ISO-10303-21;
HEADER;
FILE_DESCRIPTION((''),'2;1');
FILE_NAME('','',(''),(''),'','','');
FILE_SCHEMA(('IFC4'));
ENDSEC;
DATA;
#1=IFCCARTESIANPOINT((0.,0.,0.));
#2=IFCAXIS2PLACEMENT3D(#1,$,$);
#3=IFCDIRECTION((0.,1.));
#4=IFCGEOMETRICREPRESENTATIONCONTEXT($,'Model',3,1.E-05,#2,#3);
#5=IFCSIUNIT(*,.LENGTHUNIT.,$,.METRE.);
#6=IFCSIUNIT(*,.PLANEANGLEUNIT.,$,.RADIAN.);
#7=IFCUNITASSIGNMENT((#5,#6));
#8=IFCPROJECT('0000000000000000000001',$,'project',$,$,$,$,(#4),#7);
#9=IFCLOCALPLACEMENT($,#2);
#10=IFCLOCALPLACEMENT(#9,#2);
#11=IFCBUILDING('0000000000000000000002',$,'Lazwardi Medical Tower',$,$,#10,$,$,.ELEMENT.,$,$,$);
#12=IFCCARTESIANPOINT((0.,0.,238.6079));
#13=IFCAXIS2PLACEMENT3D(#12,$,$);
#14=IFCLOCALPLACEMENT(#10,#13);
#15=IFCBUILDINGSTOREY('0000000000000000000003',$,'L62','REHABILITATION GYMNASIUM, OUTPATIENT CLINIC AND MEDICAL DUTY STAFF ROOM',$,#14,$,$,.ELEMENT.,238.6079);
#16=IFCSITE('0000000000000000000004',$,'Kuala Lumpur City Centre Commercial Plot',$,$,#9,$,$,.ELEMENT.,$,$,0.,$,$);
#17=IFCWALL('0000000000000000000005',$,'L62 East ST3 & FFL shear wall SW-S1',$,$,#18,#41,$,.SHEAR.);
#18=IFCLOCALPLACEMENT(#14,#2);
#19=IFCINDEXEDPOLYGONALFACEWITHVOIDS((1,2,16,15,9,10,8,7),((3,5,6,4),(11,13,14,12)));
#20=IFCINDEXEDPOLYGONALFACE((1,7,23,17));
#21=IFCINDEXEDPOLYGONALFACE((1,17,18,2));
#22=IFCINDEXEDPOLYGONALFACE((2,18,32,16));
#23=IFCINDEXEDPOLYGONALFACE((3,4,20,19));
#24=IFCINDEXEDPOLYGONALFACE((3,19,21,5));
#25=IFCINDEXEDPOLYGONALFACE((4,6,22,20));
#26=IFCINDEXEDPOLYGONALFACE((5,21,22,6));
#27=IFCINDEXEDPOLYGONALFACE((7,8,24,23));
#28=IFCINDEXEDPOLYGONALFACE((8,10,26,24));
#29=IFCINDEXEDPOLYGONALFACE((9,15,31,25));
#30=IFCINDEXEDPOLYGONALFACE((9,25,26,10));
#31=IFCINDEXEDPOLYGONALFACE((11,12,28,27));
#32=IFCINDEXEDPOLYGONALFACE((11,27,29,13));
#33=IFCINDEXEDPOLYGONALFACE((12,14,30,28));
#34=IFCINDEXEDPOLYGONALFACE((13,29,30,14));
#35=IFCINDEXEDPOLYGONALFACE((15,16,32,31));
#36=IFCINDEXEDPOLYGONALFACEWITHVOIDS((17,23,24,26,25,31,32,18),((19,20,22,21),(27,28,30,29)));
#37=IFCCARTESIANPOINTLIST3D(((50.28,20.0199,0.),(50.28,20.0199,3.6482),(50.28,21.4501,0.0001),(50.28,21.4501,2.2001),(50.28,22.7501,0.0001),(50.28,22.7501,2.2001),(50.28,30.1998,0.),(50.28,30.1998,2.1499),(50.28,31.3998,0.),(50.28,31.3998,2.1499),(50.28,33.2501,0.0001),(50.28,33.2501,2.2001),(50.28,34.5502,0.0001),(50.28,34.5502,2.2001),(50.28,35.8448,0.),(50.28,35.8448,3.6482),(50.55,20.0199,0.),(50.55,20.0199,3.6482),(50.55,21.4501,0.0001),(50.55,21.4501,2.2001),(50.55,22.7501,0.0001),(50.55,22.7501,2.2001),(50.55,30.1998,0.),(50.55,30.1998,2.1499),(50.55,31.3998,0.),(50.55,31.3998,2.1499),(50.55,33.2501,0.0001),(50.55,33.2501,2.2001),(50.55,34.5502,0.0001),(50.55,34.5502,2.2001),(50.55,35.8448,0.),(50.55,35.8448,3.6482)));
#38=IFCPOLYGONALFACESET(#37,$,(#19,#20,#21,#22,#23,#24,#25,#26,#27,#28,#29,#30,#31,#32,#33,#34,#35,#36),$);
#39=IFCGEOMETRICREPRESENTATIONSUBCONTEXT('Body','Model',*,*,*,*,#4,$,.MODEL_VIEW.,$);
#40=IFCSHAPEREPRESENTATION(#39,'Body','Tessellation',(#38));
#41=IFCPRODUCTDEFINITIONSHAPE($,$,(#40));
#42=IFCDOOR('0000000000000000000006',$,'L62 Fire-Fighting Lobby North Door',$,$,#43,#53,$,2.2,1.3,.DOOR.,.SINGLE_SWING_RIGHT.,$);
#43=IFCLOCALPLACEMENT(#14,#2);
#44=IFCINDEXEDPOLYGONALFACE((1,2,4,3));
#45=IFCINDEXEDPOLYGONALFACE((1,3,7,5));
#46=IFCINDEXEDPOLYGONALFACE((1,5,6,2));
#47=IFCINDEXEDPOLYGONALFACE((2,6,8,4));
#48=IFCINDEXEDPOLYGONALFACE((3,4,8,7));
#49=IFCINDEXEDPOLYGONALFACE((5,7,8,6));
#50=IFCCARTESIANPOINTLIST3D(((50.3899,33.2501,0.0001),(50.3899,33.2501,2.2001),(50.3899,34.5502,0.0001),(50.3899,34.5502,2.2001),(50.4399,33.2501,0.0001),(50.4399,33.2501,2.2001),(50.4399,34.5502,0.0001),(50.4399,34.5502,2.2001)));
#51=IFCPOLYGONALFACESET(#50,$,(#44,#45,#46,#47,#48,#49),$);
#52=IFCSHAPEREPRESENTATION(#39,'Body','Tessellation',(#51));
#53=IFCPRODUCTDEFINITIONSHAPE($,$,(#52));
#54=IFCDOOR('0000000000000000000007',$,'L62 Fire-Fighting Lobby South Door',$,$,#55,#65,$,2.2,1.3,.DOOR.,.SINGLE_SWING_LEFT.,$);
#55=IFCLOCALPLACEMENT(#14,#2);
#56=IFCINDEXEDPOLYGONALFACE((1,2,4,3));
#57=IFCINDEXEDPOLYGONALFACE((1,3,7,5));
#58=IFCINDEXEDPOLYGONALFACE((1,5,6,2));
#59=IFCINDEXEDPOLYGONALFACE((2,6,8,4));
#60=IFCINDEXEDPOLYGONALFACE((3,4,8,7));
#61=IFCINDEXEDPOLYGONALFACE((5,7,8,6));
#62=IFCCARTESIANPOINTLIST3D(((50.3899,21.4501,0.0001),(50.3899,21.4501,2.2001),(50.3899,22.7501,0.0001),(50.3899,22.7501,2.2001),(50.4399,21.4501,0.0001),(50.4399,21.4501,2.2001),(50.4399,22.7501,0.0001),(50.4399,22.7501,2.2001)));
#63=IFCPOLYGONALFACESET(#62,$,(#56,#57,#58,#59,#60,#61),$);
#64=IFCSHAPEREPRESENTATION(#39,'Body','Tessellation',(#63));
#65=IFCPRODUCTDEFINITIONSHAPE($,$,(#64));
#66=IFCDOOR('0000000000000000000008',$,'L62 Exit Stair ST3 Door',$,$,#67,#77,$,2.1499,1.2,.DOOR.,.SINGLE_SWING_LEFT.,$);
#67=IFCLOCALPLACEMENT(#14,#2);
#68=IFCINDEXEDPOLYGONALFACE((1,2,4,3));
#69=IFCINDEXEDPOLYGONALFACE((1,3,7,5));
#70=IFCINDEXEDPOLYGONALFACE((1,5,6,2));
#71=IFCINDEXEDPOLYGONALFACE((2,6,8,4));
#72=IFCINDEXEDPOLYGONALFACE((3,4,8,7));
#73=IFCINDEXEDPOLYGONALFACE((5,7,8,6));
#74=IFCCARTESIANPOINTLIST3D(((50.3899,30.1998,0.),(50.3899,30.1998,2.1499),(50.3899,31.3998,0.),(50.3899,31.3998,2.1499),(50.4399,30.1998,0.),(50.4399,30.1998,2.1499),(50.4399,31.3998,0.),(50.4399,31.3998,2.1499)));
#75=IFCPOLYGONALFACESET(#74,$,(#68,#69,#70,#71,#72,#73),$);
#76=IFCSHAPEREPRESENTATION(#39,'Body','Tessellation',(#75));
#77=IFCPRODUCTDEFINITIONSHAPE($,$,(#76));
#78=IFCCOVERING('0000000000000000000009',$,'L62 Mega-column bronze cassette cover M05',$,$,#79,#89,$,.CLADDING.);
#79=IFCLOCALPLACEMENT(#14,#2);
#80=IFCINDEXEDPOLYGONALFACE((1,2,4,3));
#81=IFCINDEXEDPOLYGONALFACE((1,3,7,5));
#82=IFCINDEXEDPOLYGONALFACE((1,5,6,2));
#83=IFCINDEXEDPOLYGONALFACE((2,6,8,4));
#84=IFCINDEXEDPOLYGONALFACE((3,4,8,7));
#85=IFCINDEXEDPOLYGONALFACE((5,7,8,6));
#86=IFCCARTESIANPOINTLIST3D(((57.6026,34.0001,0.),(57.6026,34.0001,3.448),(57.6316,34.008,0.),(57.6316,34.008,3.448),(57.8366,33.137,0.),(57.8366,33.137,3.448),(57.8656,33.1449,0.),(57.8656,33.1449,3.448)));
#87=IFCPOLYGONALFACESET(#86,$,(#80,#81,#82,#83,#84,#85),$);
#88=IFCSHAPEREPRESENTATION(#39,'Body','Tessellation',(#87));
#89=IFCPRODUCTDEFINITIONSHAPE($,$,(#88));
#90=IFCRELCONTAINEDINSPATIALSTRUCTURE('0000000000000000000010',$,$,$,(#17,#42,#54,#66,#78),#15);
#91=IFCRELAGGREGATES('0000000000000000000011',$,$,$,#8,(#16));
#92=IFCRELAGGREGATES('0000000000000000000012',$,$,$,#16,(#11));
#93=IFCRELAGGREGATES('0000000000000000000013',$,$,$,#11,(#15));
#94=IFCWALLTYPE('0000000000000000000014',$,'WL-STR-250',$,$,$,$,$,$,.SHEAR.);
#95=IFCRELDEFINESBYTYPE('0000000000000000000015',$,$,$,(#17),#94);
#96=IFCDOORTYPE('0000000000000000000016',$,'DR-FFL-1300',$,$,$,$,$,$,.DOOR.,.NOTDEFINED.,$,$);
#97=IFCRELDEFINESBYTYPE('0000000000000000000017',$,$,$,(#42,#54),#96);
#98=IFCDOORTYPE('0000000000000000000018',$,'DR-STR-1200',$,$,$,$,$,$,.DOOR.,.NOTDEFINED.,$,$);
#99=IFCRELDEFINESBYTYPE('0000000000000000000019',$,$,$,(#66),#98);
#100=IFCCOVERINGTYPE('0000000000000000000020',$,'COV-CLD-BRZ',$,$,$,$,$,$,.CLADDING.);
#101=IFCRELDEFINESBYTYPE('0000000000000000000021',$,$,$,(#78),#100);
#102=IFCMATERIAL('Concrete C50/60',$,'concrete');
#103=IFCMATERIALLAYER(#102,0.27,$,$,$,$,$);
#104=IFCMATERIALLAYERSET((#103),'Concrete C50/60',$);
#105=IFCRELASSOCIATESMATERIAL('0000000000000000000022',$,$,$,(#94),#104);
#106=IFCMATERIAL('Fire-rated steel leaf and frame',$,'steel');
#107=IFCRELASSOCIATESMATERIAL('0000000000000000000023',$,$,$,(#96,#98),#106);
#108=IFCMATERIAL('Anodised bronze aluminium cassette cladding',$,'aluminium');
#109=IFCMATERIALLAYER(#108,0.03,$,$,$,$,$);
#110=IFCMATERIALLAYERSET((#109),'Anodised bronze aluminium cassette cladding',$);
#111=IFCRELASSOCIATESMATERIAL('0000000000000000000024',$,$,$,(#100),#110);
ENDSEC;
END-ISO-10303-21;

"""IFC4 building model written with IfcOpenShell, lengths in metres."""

from ifc_helpers import new_model, si_unit, direction, frame, frame_2d, origin, origin_2d, place, context, subcontext, project, spatial, rectangle, extrude, material, layer, layer_set, type_object, element, fill, save


model = new_model("IFC4")

# Units and contexts
model_context = context("Model", 3, precision=1e-05, world=origin(), true_north=direction((0.0, 1.0)))
body_context = subcontext(model_context, "Body", "Model", "MODEL_VIEW")
ifc_project = project(units=[si_unit("LENGTHUNIT", "METRE"), si_unit("PLANEANGLEUNIT", "RADIAN")], contexts=[model_context])

# Site, building, storey
site_placement = place(None, origin())
site = spatial("IfcSite", under=ifc_project, at=site_placement, Name="Kuala Lumpur City Centre Commercial Plot", CompositionType="ELEMENT", RefElevation=0.0)
building_placement = place(site_placement, origin())
building = spatial("IfcBuilding", under=site, at=building_placement, Name="Lazwardi Medical Tower", CompositionType="ELEMENT")
storey_placement = place(building_placement, frame((0.0, 0.0, 238.6079)))
storey = spatial("IfcBuildingStorey", under=building, at=storey_placement, Name="L62", Description="REHABILITATION GYMNASIUM, OUTPATIENT CLINIC AND MEDICAL DUTY STAFF ROOM", CompositionType="ELEMENT", Elevation=238.6079)

# Wall, openings, doors
ifc_material_1 = material(Name="Concrete C50/60", Category="concrete")
ifc_layer_1 = layer(ifc_material_1, 0.27)
ifc_layer_set_1 = layer_set([ifc_layer_1], Name="Concrete C50/60")
wall_type_1 = type_object("IfcWallType", Name="WL-STR-250", PredefinedType="SHEAR", material=ifc_layer_set_1)
wall_1_placement = place(storey_placement, frame((50.415, 35.845, 0.0), z_axis=(0.0, 0.0, 1.0), x_axis=(0.0, -1.0, 0.0)))
wall_1 = element("IfcWall", 1, at=wall_1_placement, inside=storey, type_object=wall_type_1, Name="L62 East ST3 & FFL shear wall SW-S1", PredefinedType="SHEAR", context=body_context, shape_type="SweptSolid", body=[
    extrude(rectangle(XDim=15.825, YDim=0.27, at=frame_2d((7.9126, 0.0))), origin(), (0.0, 0.0, 1.0), 3.6482),
])
opening_1_placement = place(wall_1_placement, frame((4.4451, 0.0, 0.0)))
opening_1 = element("IfcOpeningElement", 2, at=opening_1_placement, cuts=wall_1, PredefinedType="OPENING", context=body_context, shape_type="SweptSolid", body=[
    extrude(rectangle(XDim=1.2, YDim=2.1499, at=frame_2d((0.6001, 1.075))), frame((0.0, 0.145, 0.0), z_axis=(0.0, -1.0, 0.0), x_axis=(1.0, 0.0, 0.0)), (0.0, 0.0, 1.0), 0.29),
])
opening_2_placement = place(wall_1_placement, frame((1.2949, 0.0, 0.0)))
opening_2 = element("IfcOpeningElement", 3, at=opening_2_placement, cuts=wall_1, PredefinedType="OPENING", context=body_context, shape_type="SweptSolid", body=[
    extrude(rectangle(XDim=1.3, YDim=2.2, at=frame_2d((0.6499, 1.1001))), frame((0.0, 0.145, 0.0), z_axis=(0.0, -1.0, 0.0), x_axis=(1.0, 0.0, 0.0)), (0.0, 0.0, 1.0), 0.29),
])
opening_3_placement = place(wall_1_placement, frame((13.095, 0.0, 0.0)))
opening_3 = element("IfcOpeningElement", 4, at=opening_3_placement, cuts=wall_1, PredefinedType="OPENING", context=body_context, shape_type="SweptSolid", body=[
    extrude(rectangle(XDim=1.3, YDim=2.2, at=frame_2d((0.6499, 1.1001))), frame((0.0, 0.145, 0.0), z_axis=(0.0, -1.0, 0.0), x_axis=(1.0, 0.0, 0.0)), (0.0, 0.0, 1.0), 0.29),
])
ifc_material_2 = material(Name="Fire-rated steel leaf and frame", Category="steel")
door_type_1 = type_object("IfcDoorType", Name="DR-FFL-1300", OperationType="NOTDEFINED", PredefinedType="DOOR", material=ifc_material_2)
door_1_placement = place(opening_2_placement, origin())
door_1 = element("IfcDoor", 5, at=door_1_placement, inside=storey, type_object=door_type_1, Name="L62 Fire-Fighting Lobby North Door", OperationType="SINGLE_SWING_RIGHT", OverallHeight=2.2, OverallWidth=1.3, PredefinedType="DOOR", context=body_context, shape_type="SweptSolid", body=[
    extrude(rectangle(XDim=1.3, YDim=2.2, at=frame_2d((0.6499, 1.1001))), frame((0.0, 0.0249, 0.0), z_axis=(0.0, -1.0, 0.0), x_axis=(1.0, 0.0, 0.0)), (0.0, 0.0, 1.0), 0.05),
])
fill(opening_2, door_1)
door_2_placement = place(opening_3_placement, origin())
door_2 = element("IfcDoor", 6, at=door_2_placement, inside=storey, type_object=door_type_1, Name="L62 Fire-Fighting Lobby South Door", OperationType="SINGLE_SWING_LEFT", OverallHeight=2.2, OverallWidth=1.3, PredefinedType="DOOR", context=body_context, shape_type="SweptSolid", body=[
    extrude(rectangle(XDim=1.3, YDim=2.2, at=frame_2d((0.6499, 1.1001))), frame((0.0, 0.0249, 0.0), z_axis=(0.0, -1.0, 0.0), x_axis=(1.0, 0.0, 0.0)), (0.0, 0.0, 1.0), 0.05),
])
fill(opening_3, door_2)
door_type_2 = type_object("IfcDoorType", Name="DR-STR-1200", OperationType="NOTDEFINED", PredefinedType="DOOR", material=ifc_material_2)
door_3_placement = place(opening_1_placement, origin())
door_3 = element("IfcDoor", 7, at=door_3_placement, inside=storey, type_object=door_type_2, Name="L62 Exit Stair ST3 Door", OperationType="SINGLE_SWING_LEFT", OverallHeight=2.1499, OverallWidth=1.2, PredefinedType="DOOR", context=body_context, shape_type="SweptSolid", body=[
    extrude(rectangle(XDim=1.2, YDim=2.1499, at=frame_2d((0.6001, 1.075))), frame((0.0, 0.0249, 0.0), z_axis=(0.0, -1.0, 0.0), x_axis=(1.0, 0.0, 0.0)), (0.0, 0.0, 1.0), 0.05),
])
fill(opening_1, door_3)

# Covering
ifc_material_3 = material(Name="Anodised bronze aluminium cassette cladding", Category="aluminium")
ifc_layer_2 = layer(ifc_material_3, 0.03)
ifc_layer_set_2 = layer_set([ifc_layer_2], Name="Anodised bronze aluminium cassette cladding")
covering_type = type_object("IfcCoveringType", Name="COV-CLD-BRZ", PredefinedType="CLADDING", material=ifc_layer_set_2)
covering_placement = place(storey_placement, frame((57.7341, 33.5725, 0.0), z_axis=(0.0, 0.0, 1.0), x_axis=(-0.261642, 0.965165, 0.0)))
element("IfcCovering", 8, at=covering_placement, inside=storey, type_object=covering_type, Name="L62 Mega-column bronze cassette cover M05", PredefinedType="CLADDING", context=body_context, shape_type="SweptSolid", body=[
    extrude(rectangle(XDim=0.8943, YDim=0.03, at=origin_2d()), origin(), (0.0, 0.0, 1.0), 3.448),
])

save(model, "model.ifc")
